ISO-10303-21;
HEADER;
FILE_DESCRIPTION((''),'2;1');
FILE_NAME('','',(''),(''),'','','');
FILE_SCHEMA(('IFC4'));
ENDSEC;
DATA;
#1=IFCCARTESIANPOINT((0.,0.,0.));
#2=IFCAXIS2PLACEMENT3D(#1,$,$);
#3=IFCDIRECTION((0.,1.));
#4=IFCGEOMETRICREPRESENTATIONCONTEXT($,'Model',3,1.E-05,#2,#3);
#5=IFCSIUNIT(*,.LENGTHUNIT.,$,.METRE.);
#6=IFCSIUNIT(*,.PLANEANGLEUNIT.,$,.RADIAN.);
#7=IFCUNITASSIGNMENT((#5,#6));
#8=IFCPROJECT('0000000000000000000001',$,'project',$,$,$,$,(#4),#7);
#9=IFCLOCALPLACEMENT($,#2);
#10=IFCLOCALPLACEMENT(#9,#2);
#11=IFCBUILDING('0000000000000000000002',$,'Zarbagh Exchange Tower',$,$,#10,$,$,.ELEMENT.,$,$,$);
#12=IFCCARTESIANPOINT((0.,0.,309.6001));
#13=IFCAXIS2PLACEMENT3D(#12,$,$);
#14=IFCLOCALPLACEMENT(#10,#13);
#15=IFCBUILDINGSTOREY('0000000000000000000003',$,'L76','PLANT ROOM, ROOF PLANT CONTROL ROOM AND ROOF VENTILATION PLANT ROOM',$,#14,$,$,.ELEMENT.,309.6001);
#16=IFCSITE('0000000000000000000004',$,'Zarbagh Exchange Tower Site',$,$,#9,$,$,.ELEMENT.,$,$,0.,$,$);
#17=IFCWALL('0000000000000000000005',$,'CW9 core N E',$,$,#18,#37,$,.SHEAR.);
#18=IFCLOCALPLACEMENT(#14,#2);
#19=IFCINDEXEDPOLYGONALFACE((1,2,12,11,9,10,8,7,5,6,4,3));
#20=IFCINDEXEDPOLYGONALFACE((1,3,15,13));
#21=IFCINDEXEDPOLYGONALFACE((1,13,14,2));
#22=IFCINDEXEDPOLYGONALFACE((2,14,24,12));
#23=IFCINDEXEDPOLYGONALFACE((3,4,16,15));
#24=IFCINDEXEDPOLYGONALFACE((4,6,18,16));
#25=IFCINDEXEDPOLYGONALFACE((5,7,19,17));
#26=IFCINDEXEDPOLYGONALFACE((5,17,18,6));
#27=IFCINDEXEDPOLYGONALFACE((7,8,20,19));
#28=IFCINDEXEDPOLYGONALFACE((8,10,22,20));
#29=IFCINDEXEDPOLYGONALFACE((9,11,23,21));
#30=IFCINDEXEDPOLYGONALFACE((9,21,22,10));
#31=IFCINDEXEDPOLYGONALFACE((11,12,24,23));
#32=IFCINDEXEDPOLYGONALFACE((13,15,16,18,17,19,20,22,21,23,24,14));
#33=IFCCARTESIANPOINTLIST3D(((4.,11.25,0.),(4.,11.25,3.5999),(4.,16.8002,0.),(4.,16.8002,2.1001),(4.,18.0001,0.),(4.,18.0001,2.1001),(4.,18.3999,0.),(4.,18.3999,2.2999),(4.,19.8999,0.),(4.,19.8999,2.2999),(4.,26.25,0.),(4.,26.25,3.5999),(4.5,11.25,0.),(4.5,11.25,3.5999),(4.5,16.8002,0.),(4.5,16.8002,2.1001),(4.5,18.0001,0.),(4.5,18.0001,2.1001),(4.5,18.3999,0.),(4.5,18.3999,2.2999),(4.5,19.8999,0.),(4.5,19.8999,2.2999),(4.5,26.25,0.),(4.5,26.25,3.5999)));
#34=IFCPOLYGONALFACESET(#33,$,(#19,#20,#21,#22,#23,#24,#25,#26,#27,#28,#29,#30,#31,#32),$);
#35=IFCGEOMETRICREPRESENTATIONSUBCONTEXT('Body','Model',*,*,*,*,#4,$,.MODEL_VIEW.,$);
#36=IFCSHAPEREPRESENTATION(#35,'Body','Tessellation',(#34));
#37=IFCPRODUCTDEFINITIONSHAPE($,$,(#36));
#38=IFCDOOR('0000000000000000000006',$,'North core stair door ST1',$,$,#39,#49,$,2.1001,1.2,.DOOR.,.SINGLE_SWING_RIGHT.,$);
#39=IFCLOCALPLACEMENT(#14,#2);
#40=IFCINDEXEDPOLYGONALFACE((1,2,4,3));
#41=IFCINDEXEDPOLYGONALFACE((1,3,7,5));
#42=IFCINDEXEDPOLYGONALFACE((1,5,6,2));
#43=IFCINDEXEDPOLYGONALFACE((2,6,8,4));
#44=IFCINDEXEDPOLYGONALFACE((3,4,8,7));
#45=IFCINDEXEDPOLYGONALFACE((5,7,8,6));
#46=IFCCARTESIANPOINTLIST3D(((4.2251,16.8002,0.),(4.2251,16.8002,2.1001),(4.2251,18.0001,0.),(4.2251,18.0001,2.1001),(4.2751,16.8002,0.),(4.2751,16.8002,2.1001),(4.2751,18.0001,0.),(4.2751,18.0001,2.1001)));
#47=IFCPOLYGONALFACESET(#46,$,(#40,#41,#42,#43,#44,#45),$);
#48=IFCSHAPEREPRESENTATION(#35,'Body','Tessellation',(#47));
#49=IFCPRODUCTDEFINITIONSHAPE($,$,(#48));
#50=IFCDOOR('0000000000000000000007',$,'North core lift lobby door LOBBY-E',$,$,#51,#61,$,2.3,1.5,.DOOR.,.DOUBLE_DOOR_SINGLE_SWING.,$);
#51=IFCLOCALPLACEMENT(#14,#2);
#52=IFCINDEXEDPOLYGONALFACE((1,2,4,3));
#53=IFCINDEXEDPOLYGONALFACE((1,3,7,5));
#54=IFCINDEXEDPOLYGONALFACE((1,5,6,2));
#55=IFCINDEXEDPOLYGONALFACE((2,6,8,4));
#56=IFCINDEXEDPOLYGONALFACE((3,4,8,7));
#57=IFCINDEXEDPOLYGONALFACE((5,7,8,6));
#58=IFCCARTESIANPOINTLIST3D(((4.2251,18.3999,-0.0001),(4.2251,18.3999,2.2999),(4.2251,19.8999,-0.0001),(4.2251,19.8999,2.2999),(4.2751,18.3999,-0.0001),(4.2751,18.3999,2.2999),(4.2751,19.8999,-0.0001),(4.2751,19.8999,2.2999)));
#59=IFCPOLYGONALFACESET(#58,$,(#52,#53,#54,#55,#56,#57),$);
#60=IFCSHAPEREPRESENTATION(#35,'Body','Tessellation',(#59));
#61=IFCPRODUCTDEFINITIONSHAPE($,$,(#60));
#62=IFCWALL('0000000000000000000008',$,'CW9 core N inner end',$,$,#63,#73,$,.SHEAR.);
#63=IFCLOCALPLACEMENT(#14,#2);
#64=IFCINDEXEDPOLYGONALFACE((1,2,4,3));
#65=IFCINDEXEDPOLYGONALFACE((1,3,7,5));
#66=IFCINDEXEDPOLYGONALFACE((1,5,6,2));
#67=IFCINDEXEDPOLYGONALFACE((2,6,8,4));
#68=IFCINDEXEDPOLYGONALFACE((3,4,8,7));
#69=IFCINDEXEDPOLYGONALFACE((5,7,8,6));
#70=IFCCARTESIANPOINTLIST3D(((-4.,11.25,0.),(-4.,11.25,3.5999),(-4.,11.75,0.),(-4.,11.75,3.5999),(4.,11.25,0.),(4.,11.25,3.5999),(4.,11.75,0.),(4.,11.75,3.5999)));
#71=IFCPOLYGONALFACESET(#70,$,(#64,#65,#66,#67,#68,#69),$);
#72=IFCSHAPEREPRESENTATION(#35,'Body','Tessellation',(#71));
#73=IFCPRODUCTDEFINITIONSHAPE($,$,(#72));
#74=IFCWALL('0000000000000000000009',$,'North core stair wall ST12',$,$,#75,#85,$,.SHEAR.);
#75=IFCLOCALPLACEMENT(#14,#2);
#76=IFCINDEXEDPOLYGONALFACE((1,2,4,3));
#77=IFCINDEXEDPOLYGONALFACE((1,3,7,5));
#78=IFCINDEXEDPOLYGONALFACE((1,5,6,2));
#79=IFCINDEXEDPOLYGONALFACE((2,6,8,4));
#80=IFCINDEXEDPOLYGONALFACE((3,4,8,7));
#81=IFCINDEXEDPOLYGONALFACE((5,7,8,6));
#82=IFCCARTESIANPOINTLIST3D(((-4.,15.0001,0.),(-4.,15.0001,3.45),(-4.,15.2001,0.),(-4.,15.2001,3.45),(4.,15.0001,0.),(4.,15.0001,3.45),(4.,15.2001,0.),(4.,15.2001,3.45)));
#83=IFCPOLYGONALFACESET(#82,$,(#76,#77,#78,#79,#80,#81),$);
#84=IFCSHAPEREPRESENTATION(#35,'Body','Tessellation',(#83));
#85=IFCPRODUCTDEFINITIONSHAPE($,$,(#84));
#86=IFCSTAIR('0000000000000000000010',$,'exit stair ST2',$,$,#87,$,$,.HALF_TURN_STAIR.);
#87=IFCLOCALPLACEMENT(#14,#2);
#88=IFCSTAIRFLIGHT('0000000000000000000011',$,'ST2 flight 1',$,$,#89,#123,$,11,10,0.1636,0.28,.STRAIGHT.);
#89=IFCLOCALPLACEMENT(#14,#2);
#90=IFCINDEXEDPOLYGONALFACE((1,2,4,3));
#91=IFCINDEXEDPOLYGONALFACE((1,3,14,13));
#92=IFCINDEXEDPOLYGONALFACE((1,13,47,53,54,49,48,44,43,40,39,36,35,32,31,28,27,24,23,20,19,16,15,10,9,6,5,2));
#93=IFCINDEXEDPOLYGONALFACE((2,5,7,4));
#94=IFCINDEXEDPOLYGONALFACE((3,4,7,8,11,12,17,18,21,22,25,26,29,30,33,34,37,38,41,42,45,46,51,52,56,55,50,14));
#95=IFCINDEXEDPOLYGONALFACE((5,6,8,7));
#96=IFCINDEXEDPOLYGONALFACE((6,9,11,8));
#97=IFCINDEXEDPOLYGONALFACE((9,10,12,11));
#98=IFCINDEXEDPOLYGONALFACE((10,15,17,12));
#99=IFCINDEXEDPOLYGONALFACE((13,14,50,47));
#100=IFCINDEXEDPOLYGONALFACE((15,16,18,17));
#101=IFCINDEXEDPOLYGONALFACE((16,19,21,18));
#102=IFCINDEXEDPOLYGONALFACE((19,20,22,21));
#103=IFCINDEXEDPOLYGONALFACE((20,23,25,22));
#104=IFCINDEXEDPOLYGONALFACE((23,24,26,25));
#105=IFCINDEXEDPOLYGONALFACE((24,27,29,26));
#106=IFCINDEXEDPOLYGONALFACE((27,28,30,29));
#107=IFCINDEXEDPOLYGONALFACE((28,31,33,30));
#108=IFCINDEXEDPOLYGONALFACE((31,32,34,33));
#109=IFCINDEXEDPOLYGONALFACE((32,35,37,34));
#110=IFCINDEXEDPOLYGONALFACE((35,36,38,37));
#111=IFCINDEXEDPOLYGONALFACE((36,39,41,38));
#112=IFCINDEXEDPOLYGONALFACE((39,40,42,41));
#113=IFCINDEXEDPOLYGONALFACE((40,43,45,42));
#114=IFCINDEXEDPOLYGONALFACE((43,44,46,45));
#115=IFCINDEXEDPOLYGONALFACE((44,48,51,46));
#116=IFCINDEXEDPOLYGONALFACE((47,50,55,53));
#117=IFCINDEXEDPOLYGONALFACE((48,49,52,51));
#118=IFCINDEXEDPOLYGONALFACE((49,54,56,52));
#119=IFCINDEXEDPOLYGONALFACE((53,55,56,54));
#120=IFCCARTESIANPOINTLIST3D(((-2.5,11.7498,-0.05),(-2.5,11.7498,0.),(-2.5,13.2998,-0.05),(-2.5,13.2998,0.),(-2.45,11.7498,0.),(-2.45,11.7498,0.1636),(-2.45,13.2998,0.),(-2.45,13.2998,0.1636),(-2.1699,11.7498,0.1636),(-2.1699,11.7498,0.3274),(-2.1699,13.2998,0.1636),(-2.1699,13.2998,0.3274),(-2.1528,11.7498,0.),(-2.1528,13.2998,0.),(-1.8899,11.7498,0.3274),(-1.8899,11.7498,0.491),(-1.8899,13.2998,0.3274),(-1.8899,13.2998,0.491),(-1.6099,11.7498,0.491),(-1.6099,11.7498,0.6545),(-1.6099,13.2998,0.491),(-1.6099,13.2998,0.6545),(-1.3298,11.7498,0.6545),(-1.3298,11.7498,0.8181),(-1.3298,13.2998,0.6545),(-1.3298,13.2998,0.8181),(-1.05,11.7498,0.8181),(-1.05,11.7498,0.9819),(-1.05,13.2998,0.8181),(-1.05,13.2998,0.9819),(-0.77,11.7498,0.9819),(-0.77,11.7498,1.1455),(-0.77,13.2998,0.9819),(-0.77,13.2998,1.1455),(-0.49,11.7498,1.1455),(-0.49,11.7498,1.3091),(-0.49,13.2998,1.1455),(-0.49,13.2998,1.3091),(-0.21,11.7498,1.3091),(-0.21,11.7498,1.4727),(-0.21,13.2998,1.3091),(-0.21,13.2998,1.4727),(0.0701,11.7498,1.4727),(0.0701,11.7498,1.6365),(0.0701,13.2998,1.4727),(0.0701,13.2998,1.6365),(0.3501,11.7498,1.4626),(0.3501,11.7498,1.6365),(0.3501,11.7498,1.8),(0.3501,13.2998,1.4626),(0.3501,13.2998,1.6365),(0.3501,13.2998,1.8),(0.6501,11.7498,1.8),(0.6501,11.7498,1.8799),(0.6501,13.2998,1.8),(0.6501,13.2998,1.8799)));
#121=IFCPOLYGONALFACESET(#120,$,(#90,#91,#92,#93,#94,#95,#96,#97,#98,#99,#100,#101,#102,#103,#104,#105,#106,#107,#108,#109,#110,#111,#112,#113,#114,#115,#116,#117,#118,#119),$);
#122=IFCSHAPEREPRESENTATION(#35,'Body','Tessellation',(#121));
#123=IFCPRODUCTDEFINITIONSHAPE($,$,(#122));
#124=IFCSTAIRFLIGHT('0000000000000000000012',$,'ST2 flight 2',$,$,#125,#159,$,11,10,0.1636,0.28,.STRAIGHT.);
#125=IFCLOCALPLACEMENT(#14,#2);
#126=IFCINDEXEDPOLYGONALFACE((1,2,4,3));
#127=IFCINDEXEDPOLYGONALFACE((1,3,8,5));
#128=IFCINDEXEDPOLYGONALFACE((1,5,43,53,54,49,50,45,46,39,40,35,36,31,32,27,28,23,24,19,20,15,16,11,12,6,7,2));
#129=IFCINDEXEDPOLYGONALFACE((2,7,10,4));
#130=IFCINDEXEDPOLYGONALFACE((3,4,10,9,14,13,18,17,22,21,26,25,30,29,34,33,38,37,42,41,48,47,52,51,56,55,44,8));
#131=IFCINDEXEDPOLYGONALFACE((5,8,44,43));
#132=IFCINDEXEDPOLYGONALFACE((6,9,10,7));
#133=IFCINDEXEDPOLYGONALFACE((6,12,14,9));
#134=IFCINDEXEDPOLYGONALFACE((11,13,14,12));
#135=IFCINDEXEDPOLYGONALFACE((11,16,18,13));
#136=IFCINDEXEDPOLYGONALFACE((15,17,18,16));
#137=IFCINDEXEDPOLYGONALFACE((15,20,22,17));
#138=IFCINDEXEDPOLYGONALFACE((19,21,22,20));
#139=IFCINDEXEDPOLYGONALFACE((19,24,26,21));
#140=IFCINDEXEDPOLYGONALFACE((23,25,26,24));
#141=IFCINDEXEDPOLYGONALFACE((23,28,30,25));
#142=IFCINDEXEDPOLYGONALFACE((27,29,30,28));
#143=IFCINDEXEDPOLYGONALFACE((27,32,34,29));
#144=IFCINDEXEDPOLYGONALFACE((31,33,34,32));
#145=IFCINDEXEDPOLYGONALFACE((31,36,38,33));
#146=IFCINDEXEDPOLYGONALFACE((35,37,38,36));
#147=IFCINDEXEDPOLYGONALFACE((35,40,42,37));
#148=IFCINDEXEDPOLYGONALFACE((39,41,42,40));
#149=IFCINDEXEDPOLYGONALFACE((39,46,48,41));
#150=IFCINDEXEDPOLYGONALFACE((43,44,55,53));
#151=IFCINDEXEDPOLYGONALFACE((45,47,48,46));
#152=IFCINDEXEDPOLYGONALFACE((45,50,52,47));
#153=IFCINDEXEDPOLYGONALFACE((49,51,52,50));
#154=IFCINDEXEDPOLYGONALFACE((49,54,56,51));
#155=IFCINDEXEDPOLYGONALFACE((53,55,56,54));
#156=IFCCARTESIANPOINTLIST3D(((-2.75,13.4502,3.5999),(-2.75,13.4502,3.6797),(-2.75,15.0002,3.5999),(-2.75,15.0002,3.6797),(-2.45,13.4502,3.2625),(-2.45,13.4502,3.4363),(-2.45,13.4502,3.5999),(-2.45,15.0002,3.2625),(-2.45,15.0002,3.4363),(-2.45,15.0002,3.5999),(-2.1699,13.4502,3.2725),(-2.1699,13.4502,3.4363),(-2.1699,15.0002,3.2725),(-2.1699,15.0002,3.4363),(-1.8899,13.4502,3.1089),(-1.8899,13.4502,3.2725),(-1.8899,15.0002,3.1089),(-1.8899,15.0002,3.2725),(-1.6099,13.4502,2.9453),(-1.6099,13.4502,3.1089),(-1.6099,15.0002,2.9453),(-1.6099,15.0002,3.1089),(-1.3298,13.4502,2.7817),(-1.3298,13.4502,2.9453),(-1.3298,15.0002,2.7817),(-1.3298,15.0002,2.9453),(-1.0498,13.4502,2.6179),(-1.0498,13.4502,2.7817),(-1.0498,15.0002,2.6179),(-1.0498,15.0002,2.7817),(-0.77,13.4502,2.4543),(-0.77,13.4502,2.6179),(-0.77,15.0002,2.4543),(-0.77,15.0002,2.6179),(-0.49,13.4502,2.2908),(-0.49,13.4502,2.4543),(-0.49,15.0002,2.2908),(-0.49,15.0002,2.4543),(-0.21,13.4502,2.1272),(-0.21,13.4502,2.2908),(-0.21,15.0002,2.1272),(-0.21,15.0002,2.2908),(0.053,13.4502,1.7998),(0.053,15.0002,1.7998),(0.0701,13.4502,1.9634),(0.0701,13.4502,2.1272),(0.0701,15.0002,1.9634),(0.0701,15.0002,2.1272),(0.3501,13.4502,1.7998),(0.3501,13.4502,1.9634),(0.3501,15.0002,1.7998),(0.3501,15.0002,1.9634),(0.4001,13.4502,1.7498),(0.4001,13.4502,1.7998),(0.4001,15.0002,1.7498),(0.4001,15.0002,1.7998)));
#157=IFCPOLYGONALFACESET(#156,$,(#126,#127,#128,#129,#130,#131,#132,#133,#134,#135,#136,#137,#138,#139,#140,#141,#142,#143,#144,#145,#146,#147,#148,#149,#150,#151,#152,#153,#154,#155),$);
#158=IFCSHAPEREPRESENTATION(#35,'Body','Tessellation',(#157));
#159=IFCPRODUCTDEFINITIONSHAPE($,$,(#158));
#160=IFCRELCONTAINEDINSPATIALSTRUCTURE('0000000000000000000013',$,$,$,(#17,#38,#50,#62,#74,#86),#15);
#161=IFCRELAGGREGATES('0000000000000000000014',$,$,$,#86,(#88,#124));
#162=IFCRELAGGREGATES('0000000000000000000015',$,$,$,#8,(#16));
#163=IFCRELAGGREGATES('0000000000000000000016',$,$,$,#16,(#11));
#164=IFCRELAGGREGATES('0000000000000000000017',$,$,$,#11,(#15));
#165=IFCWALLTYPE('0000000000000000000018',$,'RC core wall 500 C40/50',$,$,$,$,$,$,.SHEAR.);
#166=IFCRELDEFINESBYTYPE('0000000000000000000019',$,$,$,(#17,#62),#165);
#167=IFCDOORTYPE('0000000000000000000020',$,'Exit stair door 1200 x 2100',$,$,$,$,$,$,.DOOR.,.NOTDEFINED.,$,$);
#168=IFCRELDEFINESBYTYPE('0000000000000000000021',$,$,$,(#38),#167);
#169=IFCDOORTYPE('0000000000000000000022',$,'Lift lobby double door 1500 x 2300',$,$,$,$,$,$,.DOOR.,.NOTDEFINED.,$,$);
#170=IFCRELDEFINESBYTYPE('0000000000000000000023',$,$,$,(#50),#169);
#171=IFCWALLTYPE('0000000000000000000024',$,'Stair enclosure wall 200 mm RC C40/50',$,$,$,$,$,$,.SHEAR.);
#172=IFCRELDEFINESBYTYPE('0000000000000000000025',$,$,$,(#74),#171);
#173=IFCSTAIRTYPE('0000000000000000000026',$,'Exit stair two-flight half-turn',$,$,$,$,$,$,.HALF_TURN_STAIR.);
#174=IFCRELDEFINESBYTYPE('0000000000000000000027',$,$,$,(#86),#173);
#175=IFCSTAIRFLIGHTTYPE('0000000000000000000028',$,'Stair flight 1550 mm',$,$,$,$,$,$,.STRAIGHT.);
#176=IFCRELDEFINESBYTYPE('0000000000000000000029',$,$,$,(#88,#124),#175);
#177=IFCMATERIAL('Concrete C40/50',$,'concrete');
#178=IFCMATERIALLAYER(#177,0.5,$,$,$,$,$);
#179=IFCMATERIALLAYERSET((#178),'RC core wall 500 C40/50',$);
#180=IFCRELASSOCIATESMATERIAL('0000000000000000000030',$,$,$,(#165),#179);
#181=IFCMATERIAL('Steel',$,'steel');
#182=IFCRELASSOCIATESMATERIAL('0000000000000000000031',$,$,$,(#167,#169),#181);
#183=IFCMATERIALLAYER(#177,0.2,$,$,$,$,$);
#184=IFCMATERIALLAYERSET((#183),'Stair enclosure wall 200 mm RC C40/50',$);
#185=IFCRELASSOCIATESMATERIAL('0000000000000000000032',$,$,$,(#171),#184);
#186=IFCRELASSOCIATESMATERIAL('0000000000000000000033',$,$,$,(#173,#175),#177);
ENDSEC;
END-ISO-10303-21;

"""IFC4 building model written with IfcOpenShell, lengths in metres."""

from ifc_helpers import new_model, si_unit, direction, frame, frame_2d, origin, place, context, subcontext, project, spatial, polyline, rectangle, outline, extrude, material, layer, layer_set, type_object, element, fill, aggregate, save


model = new_model("IFC4")

# Units and contexts
model_context = context("Model", 3, precision=1e-05, world=origin(), true_north=direction((0.0, 1.0)))
body_context = subcontext(model_context, "Body", "Model", "MODEL_VIEW")
ifc_project = project(units=[si_unit("LENGTHUNIT", "METRE"), si_unit("PLANEANGLEUNIT", "RADIAN")], contexts=[model_context])

# Site, building, storey
site_placement = place(None, origin())
site = spatial("IfcSite", under=ifc_project, at=site_placement, Name="Zarbagh Exchange Tower Site", CompositionType="ELEMENT", RefElevation=0.0)
building_placement = place(site_placement, origin())
building = spatial("IfcBuilding", under=site, at=building_placement, Name="Zarbagh Exchange Tower", CompositionType="ELEMENT")
storey_placement = place(building_placement, frame((0.0, 0.0, 309.6001)))
storey = spatial("IfcBuildingStorey", under=building, at=storey_placement, Name="L76", Description="PLANT ROOM, ROOF PLANT CONTROL ROOM AND ROOF VENTILATION PLANT ROOM", CompositionType="ELEMENT", Elevation=309.6001)

# Shared definitions
ifc_material_1 = material(Name="Concrete C40/50", Category="concrete")

# Wall, openings, doors
ifc_layer_1 = layer(ifc_material_1, 0.5)
ifc_layer_set_1 = layer_set([ifc_layer_1], Name="RC core wall 500 C40/50")
wall_type_1 = type_object("IfcWallType", Name="RC core wall 500 C40/50", PredefinedType="SHEAR", material=ifc_layer_set_1)
ifc_material_2 = material(Name="Steel", Category="steel")
door_type_1 = type_object("IfcDoorType", Name="Exit stair door 1200 x 2100", OperationType="NOTDEFINED", PredefinedType="DOOR", material=ifc_material_2)
door_type_2 = type_object("IfcDoorType", Name="Lift lobby double door 1500 x 2300", OperationType="NOTDEFINED", PredefinedType="DOOR", material=ifc_material_2)
wall_1_placement = place(storey_placement, frame((4.25, 11.25, 0.0), z_axis=(0.0, 0.0, 1.0), x_axis=(0.0, 1.0, 0.0)))
wall_1 = element("IfcWall", 1, at=wall_1_placement, inside=storey, type_object=wall_type_1, Name="CW9 core N E", PredefinedType="SHEAR", context=body_context, shape_type="SweptSolid", body=[
    extrude(rectangle(XDim=15.0, YDim=0.5, at=frame_2d((7.5, 0.0))), origin(), (0.0, 0.0, 1.0), 3.5999),
])
opening_1_placement = place(wall_1_placement, frame((7.1499, 0.0, 0.0)))
opening_1 = element("IfcOpeningElement", 2, at=opening_1_placement, cuts=wall_1, PredefinedType="OPENING", context=body_context, shape_type="SweptSolid", body=[
    extrude(rectangle(XDim=1.5, YDim=2.3, at=frame_2d((0.75, 1.1499))), frame((0.0, 0.26, 0.0), z_axis=(0.0, -1.0, 0.0), x_axis=(1.0, 0.0, 0.0)), (0.0, 0.0, 1.0), 0.52),
])
opening_2_placement = place(wall_1_placement, frame((5.55, 0.0, 0.0)))
opening_2 = element("IfcOpeningElement", 3, at=opening_2_placement, cuts=wall_1, PredefinedType="OPENING", context=body_context, shape_type="SweptSolid", body=[
    extrude(rectangle(XDim=1.2, YDim=2.1001, at=frame_2d((0.6001, 1.05))), frame((0.0, 0.26, 0.0), z_axis=(0.0, -1.0, 0.0), x_axis=(1.0, 0.0, 0.0)), (0.0, 0.0, 1.0), 0.52),
])
door_1_placement = place(opening_2_placement, origin())
door_1 = element("IfcDoor", 4, at=door_1_placement, inside=storey, type_object=door_type_1, Name="North core stair door ST1", OperationType="SINGLE_SWING_RIGHT", OverallHeight=2.1001, OverallWidth=1.2, PredefinedType="DOOR", context=body_context, shape_type="SweptSolid", body=[
    extrude(rectangle(XDim=1.2, YDim=2.1001, at=frame_2d((0.6001, 1.05))), frame((0.0, 0.0249, 0.0), z_axis=(0.0, -1.0, 0.0), x_axis=(1.0, 0.0, 0.0)), (0.0, 0.0, 1.0), 0.05),
])
fill(opening_2, door_1)
door_2_placement = place(opening_1_placement, origin())
door_2 = element("IfcDoor", 5, at=door_2_placement, inside=storey, type_object=door_type_2, Name="North core lift lobby door LOBBY-E", OperationType="DOUBLE_DOOR_SINGLE_SWING", OverallHeight=2.3, OverallWidth=1.5, PredefinedType="DOOR", context=body_context, shape_type="SweptSolid", body=[
    extrude(rectangle(XDim=1.5, YDim=2.3, at=frame_2d((0.75, 1.1499))), frame((0.0, 0.0249, 0.0), z_axis=(0.0, -1.0, 0.0), x_axis=(1.0, 0.0, 0.0)), (0.0, 0.0, 1.0), 0.05),
])
fill(opening_1, door_2)

# Walls
wall_2_placement = place(storey_placement, frame((-4.0, 11.5, 0.0), z_axis=(0.0, 0.0, 1.0), x_axis=(1.0, 0.0, 0.0)))
element("IfcWall", 6, at=wall_2_placement, inside=storey, type_object=wall_type_1, Name="CW9 core N inner end", PredefinedType="SHEAR", context=body_context, shape_type="SweptSolid", body=[
    extrude(rectangle(XDim=8.0, YDim=0.5, at=frame_2d((4.0, 0.0))), origin(), (0.0, 0.0, 1.0), 3.5999),
])
ifc_layer_2 = layer(ifc_material_1, 0.2)
ifc_layer_set_2 = layer_set([ifc_layer_2], Name="Stair enclosure wall 200 mm RC C40/50")
wall_type_2 = type_object("IfcWallType", Name="Stair enclosure wall 200 mm RC C40/50", PredefinedType="SHEAR", material=ifc_layer_set_2)
wall_3_placement = place(storey_placement, frame((-4.0, 15.1001, 0.0), z_axis=(0.0, 0.0, 1.0), x_axis=(1.0, 0.0, 0.0)))
element("IfcWall", 7, at=wall_3_placement, inside=storey, type_object=wall_type_2, Name="North core stair wall ST12", PredefinedType="SHEAR", context=body_context, shape_type="SweptSolid", body=[
    extrude(rectangle(XDim=8.0, YDim=0.2, at=frame_2d((4.0, 0.0))), origin(), (0.0, 0.0, 1.0), 3.45),
])

# Stair, stair flights
stair_type = type_object("IfcStairType", Name="Exit stair two-flight half-turn", PredefinedType="HALF_TURN_STAIR", material=ifc_material_1)
stair_placement = place(storey_placement, origin())
stair = element("IfcStair", 8, at=stair_placement, inside=storey, type_object=stair_type, Name="exit stair ST2", PredefinedType="HALF_TURN_STAIR")
stair_flight_type = type_object("IfcStairFlightType", Name="Stair flight 1550 mm", PredefinedType="STRAIGHT", material=ifc_material_1)
stair_flight_1_placement = place(storey_placement, frame((-2.45, 12.5249, 0.0), z_axis=(0.0, 0.0, 1.0), x_axis=(1.0, 0.0, 0.0)))
stair_flight_1 = element("IfcStairFlight", 9, at=stair_flight_1_placement, type_object=stair_flight_type, Name="ST2 flight 1", NumberOfRisers=11, NumberOfTreads=10, PredefinedType="STRAIGHT", RiserHeight=0.1636, TreadLength=0.28, context=body_context, shape_type="SweptSolid", body=[
    extrude(outline(polyline([(-0.05, -0.05), (-0.05, 0.0), (0.0, 0.0), (0.0, 0.1636), (0.28, 0.1636), (0.28, 0.3274), (0.5601, 0.3274), (0.5601, 0.491), (0.8401, 0.491), (0.8401, 0.6545), (1.1201, 0.6545), (1.1201, 0.8181), (1.3999, 0.8181), (1.3999, 0.9819), (1.6799, 0.9819), (1.6799, 1.1455), (1.96, 1.1455), (1.96, 1.3091), (2.24, 1.3091), (2.24, 1.4727), (2.52, 1.4727), (2.52, 1.6365), (2.8, 1.6365), (2.8, 1.8), (3.1001, 1.8799), (3.1001, 1.8), (2.8, 1.4626), (0.2971, 0.0), (-0.05, -0.05)])), frame((0.0, 0.7749, 0.0), z_axis=(0.0, -1.0, 0.0), x_axis=(1.0, 0.0, 0.0)), (0.0, 0.0, 1.0), 1.55),
])
stair_flight_2_placement = place(storey_placement, frame((0.3501, 14.2251, 1.7998), z_axis=(0.0, 0.0, 1.0), x_axis=(-1.0, 0.0, 0.0)))
stair_flight_2 = element("IfcStairFlight", 10, at=stair_flight_2_placement, type_object=stair_flight_type, Name="ST2 flight 2", NumberOfRisers=11, NumberOfTreads=10, PredefinedType="STRAIGHT", RiserHeight=0.1636, TreadLength=0.28, context=body_context, shape_type="SweptSolid", body=[
    extrude(outline(polyline([(-0.05, -0.05), (-0.05, 0.0), (0.0, 0.0), (0.0, 0.1636), (0.28, 0.1636), (0.28, 0.3274), (0.5601, 0.3274), (0.5601, 0.491), (0.8401, 0.491), (0.8401, 0.6545), (1.1201, 0.6545), (1.1201, 0.8181), (1.3999, 0.8181), (1.3999, 0.9819), (1.6799, 0.9819), (1.6799, 1.1455), (1.96, 1.1455), (1.96, 1.3091), (2.24, 1.3091), (2.24, 1.4727), (2.52, 1.4727), (2.52, 1.6365), (2.8, 1.6365), (2.8, 1.8), (3.1001, 1.8799), (3.1001, 1.8), (2.8, 1.4626), (0.2971, 0.0), (-0.05, -0.05)])), frame((0.0, 0.7749, 0.0), z_axis=(0.0, -1.0, 0.0), x_axis=(1.0, 0.0, 0.0)), (0.0, 0.0, 1.0), 1.55),
])
aggregate(stair, [stair_flight_1, stair_flight_2])

save(model, "model.ifc")
